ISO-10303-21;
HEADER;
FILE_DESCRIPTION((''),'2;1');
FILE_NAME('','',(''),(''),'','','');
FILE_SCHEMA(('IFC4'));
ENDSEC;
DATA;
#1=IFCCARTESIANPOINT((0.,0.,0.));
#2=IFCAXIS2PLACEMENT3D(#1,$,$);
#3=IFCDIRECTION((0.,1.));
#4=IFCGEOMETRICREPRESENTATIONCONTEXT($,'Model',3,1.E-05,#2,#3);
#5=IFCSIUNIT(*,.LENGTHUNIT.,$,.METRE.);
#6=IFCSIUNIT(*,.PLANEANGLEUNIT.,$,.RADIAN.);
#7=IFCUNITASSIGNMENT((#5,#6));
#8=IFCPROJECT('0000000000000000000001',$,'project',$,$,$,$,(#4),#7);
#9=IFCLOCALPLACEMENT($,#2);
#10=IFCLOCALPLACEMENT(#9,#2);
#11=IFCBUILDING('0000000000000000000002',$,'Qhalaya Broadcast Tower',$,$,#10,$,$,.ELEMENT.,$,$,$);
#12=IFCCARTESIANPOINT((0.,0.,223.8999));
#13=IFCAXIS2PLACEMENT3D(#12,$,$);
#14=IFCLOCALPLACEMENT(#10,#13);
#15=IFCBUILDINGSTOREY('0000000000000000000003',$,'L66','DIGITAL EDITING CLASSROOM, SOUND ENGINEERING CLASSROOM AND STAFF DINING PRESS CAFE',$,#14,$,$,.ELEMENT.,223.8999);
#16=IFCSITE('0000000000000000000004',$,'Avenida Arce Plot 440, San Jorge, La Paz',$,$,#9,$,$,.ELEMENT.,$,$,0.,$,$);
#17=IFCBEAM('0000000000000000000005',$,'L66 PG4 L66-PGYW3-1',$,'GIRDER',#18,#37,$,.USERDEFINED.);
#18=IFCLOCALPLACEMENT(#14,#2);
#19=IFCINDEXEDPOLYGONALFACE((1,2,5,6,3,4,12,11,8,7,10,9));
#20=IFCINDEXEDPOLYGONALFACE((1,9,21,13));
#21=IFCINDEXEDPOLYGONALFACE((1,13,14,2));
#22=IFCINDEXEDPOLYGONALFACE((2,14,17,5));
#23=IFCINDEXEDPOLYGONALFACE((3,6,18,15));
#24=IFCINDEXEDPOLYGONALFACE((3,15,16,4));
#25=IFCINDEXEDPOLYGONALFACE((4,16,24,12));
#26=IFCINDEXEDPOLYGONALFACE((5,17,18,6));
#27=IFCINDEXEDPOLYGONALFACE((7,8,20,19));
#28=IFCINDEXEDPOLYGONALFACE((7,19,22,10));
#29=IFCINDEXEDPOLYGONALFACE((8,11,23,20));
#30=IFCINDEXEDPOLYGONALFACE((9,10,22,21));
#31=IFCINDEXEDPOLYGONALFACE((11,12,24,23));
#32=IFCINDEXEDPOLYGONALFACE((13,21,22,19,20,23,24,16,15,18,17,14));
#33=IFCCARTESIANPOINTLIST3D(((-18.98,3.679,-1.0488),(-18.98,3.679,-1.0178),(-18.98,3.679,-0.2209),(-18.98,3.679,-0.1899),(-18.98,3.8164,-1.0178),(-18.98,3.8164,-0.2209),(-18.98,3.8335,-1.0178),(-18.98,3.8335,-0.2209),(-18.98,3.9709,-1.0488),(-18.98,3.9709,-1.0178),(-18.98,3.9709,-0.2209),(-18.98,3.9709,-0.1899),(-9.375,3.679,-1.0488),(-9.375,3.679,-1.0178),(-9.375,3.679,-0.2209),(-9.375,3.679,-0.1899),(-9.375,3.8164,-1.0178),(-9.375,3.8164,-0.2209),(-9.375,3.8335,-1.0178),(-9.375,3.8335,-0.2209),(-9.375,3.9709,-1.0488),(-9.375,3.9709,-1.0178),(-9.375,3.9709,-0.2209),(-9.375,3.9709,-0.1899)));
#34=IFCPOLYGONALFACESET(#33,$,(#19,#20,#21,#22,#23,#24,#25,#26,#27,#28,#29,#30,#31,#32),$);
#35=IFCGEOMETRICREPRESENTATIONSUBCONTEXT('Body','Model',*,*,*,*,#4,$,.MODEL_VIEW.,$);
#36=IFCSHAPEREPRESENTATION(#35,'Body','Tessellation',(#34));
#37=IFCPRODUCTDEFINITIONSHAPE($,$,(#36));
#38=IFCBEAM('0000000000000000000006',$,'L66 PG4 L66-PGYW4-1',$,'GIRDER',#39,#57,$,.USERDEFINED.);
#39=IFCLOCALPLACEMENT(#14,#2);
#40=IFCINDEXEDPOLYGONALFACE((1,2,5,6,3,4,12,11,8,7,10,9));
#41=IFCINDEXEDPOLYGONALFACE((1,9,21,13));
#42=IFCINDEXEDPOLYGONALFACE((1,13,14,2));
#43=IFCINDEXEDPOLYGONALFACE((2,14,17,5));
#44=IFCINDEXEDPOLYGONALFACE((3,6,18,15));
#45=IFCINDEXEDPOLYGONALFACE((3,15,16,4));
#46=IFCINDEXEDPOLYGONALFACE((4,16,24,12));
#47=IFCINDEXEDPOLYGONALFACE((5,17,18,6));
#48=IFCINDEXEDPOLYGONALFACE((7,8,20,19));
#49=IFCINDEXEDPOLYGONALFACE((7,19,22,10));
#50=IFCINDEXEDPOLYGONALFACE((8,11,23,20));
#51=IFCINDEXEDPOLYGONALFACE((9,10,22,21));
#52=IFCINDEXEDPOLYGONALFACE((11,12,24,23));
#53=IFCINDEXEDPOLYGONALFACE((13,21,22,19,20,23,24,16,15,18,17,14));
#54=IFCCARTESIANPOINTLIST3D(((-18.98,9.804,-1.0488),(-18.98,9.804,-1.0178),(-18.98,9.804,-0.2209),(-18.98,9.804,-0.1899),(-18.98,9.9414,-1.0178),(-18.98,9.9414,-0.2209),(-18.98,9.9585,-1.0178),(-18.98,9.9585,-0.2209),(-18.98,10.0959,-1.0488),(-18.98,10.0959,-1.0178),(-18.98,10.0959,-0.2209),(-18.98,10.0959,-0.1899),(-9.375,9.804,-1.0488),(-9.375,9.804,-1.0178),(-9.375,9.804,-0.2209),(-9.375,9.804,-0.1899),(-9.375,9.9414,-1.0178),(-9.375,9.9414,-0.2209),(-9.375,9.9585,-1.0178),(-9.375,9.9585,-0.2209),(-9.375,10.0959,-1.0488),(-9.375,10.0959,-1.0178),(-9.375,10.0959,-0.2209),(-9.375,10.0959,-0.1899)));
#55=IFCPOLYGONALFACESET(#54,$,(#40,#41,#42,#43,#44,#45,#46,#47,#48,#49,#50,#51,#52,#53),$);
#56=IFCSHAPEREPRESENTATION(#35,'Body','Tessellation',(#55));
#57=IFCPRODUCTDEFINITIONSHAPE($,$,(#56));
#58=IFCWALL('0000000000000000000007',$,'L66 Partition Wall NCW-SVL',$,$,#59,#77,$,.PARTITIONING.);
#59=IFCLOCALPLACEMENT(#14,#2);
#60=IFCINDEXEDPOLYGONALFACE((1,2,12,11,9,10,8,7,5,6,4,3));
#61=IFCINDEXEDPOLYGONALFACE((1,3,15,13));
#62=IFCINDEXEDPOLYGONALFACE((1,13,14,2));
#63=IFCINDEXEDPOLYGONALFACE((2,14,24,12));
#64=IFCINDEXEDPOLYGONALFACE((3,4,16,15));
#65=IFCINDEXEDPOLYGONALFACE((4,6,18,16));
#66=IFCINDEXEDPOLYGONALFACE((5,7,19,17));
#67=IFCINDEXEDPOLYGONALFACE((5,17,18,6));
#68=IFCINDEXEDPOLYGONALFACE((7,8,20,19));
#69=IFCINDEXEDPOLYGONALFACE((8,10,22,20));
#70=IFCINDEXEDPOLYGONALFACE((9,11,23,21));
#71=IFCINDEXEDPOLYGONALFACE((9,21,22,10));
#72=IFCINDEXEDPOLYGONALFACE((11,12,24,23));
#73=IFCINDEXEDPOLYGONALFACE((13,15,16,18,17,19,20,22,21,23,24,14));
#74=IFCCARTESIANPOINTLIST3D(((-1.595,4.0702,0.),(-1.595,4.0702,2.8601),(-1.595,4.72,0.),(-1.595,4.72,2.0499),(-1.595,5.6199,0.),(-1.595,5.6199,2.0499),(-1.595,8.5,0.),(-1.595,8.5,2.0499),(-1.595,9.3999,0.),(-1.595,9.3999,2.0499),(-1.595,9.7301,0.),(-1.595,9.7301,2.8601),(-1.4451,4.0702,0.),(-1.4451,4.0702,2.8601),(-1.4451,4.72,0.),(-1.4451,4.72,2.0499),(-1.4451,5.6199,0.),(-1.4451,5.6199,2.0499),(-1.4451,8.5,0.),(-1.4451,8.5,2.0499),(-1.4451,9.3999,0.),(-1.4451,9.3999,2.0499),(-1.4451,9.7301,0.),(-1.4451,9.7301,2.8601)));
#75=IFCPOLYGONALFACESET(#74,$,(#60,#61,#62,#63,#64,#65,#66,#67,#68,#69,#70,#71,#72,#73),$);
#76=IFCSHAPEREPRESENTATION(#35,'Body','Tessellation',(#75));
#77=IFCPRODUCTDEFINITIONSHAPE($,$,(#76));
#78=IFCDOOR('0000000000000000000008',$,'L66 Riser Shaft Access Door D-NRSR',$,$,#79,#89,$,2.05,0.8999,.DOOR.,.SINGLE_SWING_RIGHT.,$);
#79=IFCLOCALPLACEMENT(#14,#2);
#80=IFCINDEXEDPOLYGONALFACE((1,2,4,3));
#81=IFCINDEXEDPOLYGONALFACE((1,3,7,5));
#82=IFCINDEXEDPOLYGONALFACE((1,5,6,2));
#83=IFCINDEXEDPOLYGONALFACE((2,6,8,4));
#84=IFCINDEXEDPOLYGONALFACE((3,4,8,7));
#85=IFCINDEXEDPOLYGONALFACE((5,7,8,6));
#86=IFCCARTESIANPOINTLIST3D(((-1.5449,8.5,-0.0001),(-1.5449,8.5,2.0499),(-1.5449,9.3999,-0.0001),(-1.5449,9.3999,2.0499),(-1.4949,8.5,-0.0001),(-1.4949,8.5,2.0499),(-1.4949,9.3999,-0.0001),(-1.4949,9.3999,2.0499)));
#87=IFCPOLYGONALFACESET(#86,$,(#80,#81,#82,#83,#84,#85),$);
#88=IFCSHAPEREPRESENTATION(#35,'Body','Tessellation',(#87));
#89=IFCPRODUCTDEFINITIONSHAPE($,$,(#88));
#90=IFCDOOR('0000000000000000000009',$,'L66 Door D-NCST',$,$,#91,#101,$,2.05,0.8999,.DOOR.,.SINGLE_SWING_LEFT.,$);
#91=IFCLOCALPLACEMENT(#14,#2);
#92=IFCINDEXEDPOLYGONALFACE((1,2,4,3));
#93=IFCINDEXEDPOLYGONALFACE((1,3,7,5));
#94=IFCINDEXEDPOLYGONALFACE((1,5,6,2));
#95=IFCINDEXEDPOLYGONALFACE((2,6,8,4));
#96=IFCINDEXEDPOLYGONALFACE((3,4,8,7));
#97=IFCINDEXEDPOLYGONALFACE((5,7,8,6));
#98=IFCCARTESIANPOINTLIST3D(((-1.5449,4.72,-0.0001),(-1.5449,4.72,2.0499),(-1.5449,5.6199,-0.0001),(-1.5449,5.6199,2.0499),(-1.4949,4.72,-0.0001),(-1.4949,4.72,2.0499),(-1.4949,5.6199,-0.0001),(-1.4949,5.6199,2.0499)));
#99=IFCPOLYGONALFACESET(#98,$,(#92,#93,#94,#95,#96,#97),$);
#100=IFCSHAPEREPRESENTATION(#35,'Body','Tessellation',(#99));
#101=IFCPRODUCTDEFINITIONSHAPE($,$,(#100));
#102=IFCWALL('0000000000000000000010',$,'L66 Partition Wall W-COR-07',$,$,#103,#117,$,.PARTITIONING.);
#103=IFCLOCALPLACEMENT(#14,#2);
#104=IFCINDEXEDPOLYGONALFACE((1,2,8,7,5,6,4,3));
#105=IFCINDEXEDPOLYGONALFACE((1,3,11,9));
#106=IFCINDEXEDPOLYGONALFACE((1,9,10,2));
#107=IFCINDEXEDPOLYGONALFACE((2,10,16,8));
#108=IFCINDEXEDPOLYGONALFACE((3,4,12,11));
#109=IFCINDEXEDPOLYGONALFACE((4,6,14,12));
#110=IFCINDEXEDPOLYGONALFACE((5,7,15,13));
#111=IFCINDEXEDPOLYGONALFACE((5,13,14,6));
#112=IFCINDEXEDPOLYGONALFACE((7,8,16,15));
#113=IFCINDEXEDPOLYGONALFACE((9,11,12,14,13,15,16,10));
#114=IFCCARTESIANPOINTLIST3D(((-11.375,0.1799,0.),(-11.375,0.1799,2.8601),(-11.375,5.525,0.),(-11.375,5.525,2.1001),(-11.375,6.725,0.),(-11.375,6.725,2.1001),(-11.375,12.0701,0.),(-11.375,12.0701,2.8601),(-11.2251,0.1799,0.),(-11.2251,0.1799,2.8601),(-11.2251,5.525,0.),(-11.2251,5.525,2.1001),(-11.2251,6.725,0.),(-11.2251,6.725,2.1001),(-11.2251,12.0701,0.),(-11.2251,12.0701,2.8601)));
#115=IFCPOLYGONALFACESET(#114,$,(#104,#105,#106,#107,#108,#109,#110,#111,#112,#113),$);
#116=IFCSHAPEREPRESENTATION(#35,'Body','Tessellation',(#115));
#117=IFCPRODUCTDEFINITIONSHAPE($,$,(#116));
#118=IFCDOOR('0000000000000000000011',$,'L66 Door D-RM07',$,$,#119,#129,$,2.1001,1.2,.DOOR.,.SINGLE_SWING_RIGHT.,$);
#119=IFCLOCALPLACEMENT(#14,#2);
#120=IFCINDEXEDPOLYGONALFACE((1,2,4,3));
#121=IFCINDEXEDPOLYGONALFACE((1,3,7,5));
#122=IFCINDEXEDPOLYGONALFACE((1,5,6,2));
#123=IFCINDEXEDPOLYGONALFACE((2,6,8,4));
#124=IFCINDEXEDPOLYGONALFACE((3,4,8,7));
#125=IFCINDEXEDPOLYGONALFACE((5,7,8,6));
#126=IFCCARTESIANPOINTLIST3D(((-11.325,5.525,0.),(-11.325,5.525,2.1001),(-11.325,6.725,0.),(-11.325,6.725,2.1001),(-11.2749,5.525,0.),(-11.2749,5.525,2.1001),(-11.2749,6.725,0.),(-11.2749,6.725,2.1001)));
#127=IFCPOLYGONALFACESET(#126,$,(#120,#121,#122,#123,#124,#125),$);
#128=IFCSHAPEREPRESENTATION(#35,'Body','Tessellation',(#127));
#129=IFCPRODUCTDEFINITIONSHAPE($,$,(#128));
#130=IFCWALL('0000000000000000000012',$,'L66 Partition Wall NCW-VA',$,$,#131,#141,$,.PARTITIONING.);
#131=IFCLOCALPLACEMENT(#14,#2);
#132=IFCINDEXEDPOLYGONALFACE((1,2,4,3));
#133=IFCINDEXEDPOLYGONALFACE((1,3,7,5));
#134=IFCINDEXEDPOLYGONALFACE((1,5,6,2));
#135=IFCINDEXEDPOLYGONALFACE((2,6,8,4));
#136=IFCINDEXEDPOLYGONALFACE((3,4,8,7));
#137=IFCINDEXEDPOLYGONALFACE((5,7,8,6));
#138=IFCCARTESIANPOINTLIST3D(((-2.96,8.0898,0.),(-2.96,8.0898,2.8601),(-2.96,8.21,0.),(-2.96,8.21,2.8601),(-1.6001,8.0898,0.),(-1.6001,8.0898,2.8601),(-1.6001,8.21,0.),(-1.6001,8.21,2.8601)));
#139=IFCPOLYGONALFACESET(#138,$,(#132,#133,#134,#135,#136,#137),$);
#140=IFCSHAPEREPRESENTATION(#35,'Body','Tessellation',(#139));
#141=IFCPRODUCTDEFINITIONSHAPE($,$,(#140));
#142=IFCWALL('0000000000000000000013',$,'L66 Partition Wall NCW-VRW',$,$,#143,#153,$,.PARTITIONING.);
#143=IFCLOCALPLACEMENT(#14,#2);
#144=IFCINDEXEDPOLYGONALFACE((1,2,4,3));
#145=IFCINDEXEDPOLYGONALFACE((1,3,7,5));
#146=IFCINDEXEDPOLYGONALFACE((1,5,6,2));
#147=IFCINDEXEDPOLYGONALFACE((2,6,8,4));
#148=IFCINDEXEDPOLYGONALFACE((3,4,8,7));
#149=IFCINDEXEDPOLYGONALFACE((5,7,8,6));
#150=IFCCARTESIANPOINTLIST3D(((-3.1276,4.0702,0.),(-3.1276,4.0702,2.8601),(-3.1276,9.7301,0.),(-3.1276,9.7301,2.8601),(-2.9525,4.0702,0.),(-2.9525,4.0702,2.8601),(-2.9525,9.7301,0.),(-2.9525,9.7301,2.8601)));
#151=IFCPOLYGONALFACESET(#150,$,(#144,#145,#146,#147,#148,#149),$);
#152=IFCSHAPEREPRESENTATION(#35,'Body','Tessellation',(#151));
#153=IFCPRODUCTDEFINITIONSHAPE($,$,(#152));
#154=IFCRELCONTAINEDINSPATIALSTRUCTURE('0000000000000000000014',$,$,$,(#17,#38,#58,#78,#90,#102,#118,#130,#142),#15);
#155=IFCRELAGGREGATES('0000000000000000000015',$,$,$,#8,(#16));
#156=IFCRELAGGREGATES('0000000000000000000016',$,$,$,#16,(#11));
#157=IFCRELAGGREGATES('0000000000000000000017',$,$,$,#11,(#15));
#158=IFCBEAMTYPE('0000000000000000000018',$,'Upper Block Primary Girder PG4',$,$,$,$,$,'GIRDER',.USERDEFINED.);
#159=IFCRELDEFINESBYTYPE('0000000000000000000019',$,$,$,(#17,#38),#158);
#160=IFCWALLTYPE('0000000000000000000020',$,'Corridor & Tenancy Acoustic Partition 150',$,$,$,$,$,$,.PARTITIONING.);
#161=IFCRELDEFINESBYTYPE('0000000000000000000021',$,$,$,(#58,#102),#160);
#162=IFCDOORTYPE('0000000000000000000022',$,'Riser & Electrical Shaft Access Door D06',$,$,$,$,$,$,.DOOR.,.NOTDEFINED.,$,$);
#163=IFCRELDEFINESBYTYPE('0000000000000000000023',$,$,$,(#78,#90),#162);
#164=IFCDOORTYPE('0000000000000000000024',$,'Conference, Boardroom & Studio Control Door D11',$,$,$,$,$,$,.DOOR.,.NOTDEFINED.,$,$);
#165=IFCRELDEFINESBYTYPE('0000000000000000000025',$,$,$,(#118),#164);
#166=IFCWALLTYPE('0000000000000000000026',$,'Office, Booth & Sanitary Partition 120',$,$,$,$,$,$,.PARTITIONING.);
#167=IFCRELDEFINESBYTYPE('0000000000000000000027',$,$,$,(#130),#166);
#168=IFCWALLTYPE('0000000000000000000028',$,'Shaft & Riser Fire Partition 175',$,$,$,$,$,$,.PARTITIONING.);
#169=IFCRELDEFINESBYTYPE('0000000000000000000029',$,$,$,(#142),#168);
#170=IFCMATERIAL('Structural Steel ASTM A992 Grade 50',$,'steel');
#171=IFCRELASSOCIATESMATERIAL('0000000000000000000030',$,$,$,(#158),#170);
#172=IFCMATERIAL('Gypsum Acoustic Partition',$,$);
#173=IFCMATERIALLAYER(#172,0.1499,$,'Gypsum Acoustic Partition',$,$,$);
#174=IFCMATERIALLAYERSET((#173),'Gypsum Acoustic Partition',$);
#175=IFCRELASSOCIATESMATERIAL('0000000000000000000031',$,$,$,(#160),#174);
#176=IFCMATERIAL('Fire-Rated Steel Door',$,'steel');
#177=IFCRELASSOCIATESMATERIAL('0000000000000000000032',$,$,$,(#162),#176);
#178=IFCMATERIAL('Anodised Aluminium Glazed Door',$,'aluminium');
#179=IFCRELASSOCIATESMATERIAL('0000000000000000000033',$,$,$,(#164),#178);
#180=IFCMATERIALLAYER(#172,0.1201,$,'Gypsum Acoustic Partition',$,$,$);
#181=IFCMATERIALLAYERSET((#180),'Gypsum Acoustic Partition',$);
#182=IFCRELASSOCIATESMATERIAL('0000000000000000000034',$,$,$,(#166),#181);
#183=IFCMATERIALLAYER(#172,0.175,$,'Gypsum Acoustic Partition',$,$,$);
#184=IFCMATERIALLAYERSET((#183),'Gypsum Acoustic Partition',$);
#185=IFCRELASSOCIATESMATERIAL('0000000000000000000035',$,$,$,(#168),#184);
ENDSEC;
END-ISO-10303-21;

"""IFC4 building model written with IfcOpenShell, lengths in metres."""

from ifc_helpers import new_model, si_unit, direction, frame, frame_2d, origin, origin_2d, place, context, subcontext, project, spatial, rectangle, i_section, extrude, material, layer, layer_set, material_profile, profile_set, type_object, element, fill, save


model = new_model("IFC4")

# Units and contexts
model_context = context("Model", 3, precision=1e-05, world=origin(), true_north=direction((0.0, 1.0)))
body_context = subcontext(model_context, "Body", "Model", "MODEL_VIEW")
ifc_project = project(units=[si_unit("LENGTHUNIT", "METRE"), si_unit("PLANEANGLEUNIT", "RADIAN")], contexts=[model_context])

# Site, building, storey
site_placement = place(None, origin())
site = spatial("IfcSite", under=ifc_project, at=site_placement, Name="Avenida Arce Plot 440, San Jorge, La Paz", CompositionType="ELEMENT", RefElevation=0.0)
building_placement = place(site_placement, origin())
building = spatial("IfcBuilding", under=site, at=building_placement, Name="Qhalaya Broadcast Tower", CompositionType="ELEMENT")
storey_placement = place(building_placement, frame((0.0, 0.0, 223.8999)))
storey = spatial("IfcBuildingStorey", under=building, at=storey_placement, Name="L66", Description="DIGITAL EDITING CLASSROOM, SOUND ENGINEERING CLASSROOM AND STAFF DINING PRESS CAFE", CompositionType="ELEMENT", Elevation=223.8999)

# Beams
ifc_material_1 = material(Name="Structural Steel ASTM A992 Grade 50", Category="steel")
ifc_material_profile_1 = material_profile(ifc_material_1, i_section(OverallWidth=0.292, OverallDepth=0.8589, WebThickness=0.0171, FlangeThickness=0.031, at=origin_2d()), Name="W33X169")
ifc_profile_set_1 = profile_set([ifc_material_profile_1], Name="Structural Steel ASTM A992 Grade 50")
beam_type_1 = type_object("IfcBeamType", Name="Upper Block Primary Girder PG4", ElementType="GIRDER", PredefinedType="USERDEFINED", material=ifc_profile_set_1)
for number, where, z_axis, x_axis, name in (
    (1, (-18.98, 3.825, -0.6194), (1.0, 0.0, 0.0), (0.0, 1.0, 0.0), "L66 PG4 L66-PGYW3-1"),
    (2, (-18.98, 9.95, -0.6194), (1.0, 0.0, 0.0), (0.0, 1.0, 0.0), "L66 PG4 L66-PGYW4-1"),
):
    element("IfcBeam", number, at=place(storey_placement, frame(where, z_axis=z_axis, x_axis=x_axis)), inside=storey, type_object=beam_type_1, Name=name, ObjectType="GIRDER", PredefinedType="USERDEFINED", context=body_context, shape_type="SweptSolid", body=[
        extrude(i_section(OverallWidth=0.292, OverallDepth=0.8589, WebThickness=0.0171, FlangeThickness=0.031, at=origin_2d()), origin(), (0.0, 0.0, 1.0), 9.605),
    ])

# Wall, openings, doors
ifc_material_2 = material(Name="Gypsum Acoustic Partition")
ifc_layer_1 = layer(ifc_material_2, 0.1499, Name="Gypsum Acoustic Partition")
ifc_layer_set_1 = layer_set([ifc_layer_1], Name="Gypsum Acoustic Partition")
wall_type_1 = type_object("IfcWallType", Name="Corridor & Tenancy Acoustic Partition 150", PredefinedType="PARTITIONING", material=ifc_layer_set_1)
wall_1_placement = place(storey_placement, frame((-1.52, 4.0701, 0.0), z_axis=(0.0, 0.0, 1.0), x_axis=(0.0, 1.0, 0.0)))
wall_1 = element("IfcWall", 3, at=wall_1_placement, inside=storey, type_object=wall_type_1, Name="L66 Partition Wall NCW-SVL", PredefinedType="PARTITIONING", context=body_context, shape_type="SweptSolid", body=[
    extrude(rectangle(XDim=5.6599, YDim=0.1499, at=frame_2d((2.8301, 0.0))), origin(), (0.0, 0.0, 1.0), 2.8601),
])
opening_1_placement = place(wall_1_placement, frame((4.4299, 0.0, 0.0)))
opening_1 = element("IfcOpeningElement", 4, at=opening_1_placement, cuts=wall_1, PredefinedType="OPENING", context=body_context, shape_type="SweptSolid", body=[
    extrude(rectangle(XDim=0.8999, YDim=2.05, at=frame_2d((0.45, 1.0249))), frame((0.0, 0.0869, 0.0), z_axis=(0.0, -1.0, 0.0), x_axis=(1.0, 0.0, 0.0)), (0.0, 0.0, 1.0), 0.1738),
])
opening_2_placement = place(wall_1_placement, frame((0.6499, 0.0, 0.0)))
opening_2 = element("IfcOpeningElement", 5, at=opening_2_placement, cuts=wall_1, PredefinedType="OPENING", context=body_context, shape_type="SweptSolid", body=[
    extrude(rectangle(XDim=0.8999, YDim=2.05, at=frame_2d((0.45, 1.0249))), frame((0.0, 0.0869, 0.0), z_axis=(0.0, -1.0, 0.0), x_axis=(1.0, 0.0, 0.0)), (0.0, 0.0, 1.0), 0.1738),
])
ifc_material_3 = material(Name="Fire-Rated Steel Door", Category="steel")
door_type_1 = type_object("IfcDoorType", Name="Riser & Electrical Shaft Access Door D06", OperationType="NOTDEFINED", PredefinedType="DOOR", material=ifc_material_3)
door_1_placement = place(opening_1_placement, origin())
door_1 = element("IfcDoor", 6, at=door_1_placement, inside=storey, type_object=door_type_1, Name="L66 Riser Shaft Access Door D-NRSR", OperationType="SINGLE_SWING_RIGHT", OverallHeight=2.05, OverallWidth=0.8999, PredefinedType="DOOR", context=body_context, shape_type="SweptSolid", body=[
    extrude(rectangle(XDim=0.8999, YDim=2.05, at=frame_2d((0.45, 1.0249))), frame((0.0, 0.0249, 0.0), z_axis=(0.0, -1.0, 0.0), x_axis=(1.0, 0.0, 0.0)), (0.0, 0.0, 1.0), 0.05),
])
fill(opening_1, door_1)
door_2_placement = place(opening_2_placement, origin())
door_2 = element("IfcDoor", 7, at=door_2_placement, inside=storey, type_object=door_type_1, Name="L66 Door D-NCST", OperationType="SINGLE_SWING_LEFT", OverallHeight=2.05, OverallWidth=0.8999, PredefinedType="DOOR", context=body_context, shape_type="SweptSolid", body=[
    extrude(rectangle(XDim=0.8999, YDim=2.05, at=frame_2d((0.45, 1.0249))), frame((0.0, 0.0249, 0.0), z_axis=(0.0, -1.0, 0.0), x_axis=(1.0, 0.0, 0.0)), (0.0, 0.0, 1.0), 0.05),
])
fill(opening_2, door_2)

# Wall, opening, door
wall_2_placement = place(storey_placement, frame((-11.3, 0.1799, 0.0), z_axis=(0.0, 0.0, 1.0), x_axis=(0.0, 1.0, 0.0)))
wall_2 = element("IfcWall", 8, at=wall_2_placement, inside=storey, type_object=wall_type_1, Name="L66 Partition Wall W-COR-07", PredefinedType="PARTITIONING", context=body_context, shape_type="SweptSolid", body=[
    extrude(rectangle(XDim=11.8901, YDim=0.1499, at=frame_2d((5.9451, 0.0))), origin(), (0.0, 0.0, 1.0), 2.8601),
])
opening_3_placement = place(wall_2_placement, frame((5.345, 0.0, 0.0)))
opening_3 = element("IfcOpeningElement", 9, at=opening_3_placement, cuts=wall_2, PredefinedType="OPENING", context=body_context, shape_type="SweptSolid", body=[
    extrude(rectangle(XDim=1.2, YDim=2.1001, at=frame_2d((0.6001, 1.05))), frame((0.0, 0.0869, 0.0), z_axis=(0.0, -1.0, 0.0), x_axis=(1.0, 0.0, 0.0)), (0.0, 0.0, 1.0), 0.1738),
])
ifc_material_4 = material(Name="Anodised Aluminium Glazed Door", Category="aluminium")
door_type_2 = type_object("IfcDoorType", Name="Conference, Boardroom & Studio Control Door D11", OperationType="NOTDEFINED", PredefinedType="DOOR", material=ifc_material_4)
door_3_placement = place(opening_3_placement, origin())
door_3 = element("IfcDoor", 10, at=door_3_placement, inside=storey, type_object=door_type_2, Name="L66 Door D-RM07", OperationType="SINGLE_SWING_RIGHT", OverallHeight=2.1001, OverallWidth=1.2, PredefinedType="DOOR", context=body_context, shape_type="SweptSolid", body=[
    extrude(rectangle(XDim=1.2, YDim=2.1001, at=frame_2d((0.6001, 1.05))), frame((0.0, 0.0249, 0.0), z_axis=(0.0, -1.0, 0.0), x_axis=(1.0, 0.0, 0.0)), (0.0, 0.0, 1.0), 0.05),
])
fill(opening_3, door_3)

# Walls
ifc_layer_2 = layer(ifc_material_2, 0.1201, Name="Gypsum Acoustic Partition")
ifc_layer_set_2 = layer_set([ifc_layer_2], Name="Gypsum Acoustic Partition")
wall_type_2 = type_object("IfcWallType", Name="Office, Booth & Sanitary Partition 120", PredefinedType="PARTITIONING", material=ifc_layer_set_2)
wall_3_placement = place(storey_placement, frame((-2.96, 8.1499, 0.0), z_axis=(0.0, 0.0, 1.0), x_axis=(1.0, 0.0, 0.0)))
element("IfcWall", 11, at=wall_3_placement, inside=storey, type_object=wall_type_2, Name="L66 Partition Wall NCW-VA", PredefinedType="PARTITIONING", context=body_context, shape_type="SweptSolid", body=[
    extrude(rectangle(XDim=1.3599, YDim=0.1201, at=frame_2d((0.6799, 0.0))), origin(), (0.0, 0.0, 1.0), 2.8601),
])
ifc_layer_3 = layer(ifc_material_2, 0.175, Name="Gypsum Acoustic Partition")
ifc_layer_set_3 = layer_set([ifc_layer_3], Name="Gypsum Acoustic Partition")
wall_type_3 = type_object("IfcWallType", Name="Shaft & Riser Fire Partition 175", PredefinedType="PARTITIONING", material=ifc_layer_set_3)
wall_4_placement = place(storey_placement, frame((-3.04, 4.0701, 0.0), z_axis=(0.0, 0.0, 1.0), x_axis=(0.0, 1.0, 0.0)))
element("IfcWall", 12, at=wall_4_placement, inside=storey, type_object=wall_type_3, Name="L66 Partition Wall NCW-VRW", PredefinedType="PARTITIONING", context=body_context, shape_type="SweptSolid", body=[
    extrude(rectangle(XDim=5.6599, YDim=0.175, at=frame_2d((2.8301, 0.0))), origin(), (0.0, 0.0, 1.0), 2.8601),
])

save(model, "model.ifc")
